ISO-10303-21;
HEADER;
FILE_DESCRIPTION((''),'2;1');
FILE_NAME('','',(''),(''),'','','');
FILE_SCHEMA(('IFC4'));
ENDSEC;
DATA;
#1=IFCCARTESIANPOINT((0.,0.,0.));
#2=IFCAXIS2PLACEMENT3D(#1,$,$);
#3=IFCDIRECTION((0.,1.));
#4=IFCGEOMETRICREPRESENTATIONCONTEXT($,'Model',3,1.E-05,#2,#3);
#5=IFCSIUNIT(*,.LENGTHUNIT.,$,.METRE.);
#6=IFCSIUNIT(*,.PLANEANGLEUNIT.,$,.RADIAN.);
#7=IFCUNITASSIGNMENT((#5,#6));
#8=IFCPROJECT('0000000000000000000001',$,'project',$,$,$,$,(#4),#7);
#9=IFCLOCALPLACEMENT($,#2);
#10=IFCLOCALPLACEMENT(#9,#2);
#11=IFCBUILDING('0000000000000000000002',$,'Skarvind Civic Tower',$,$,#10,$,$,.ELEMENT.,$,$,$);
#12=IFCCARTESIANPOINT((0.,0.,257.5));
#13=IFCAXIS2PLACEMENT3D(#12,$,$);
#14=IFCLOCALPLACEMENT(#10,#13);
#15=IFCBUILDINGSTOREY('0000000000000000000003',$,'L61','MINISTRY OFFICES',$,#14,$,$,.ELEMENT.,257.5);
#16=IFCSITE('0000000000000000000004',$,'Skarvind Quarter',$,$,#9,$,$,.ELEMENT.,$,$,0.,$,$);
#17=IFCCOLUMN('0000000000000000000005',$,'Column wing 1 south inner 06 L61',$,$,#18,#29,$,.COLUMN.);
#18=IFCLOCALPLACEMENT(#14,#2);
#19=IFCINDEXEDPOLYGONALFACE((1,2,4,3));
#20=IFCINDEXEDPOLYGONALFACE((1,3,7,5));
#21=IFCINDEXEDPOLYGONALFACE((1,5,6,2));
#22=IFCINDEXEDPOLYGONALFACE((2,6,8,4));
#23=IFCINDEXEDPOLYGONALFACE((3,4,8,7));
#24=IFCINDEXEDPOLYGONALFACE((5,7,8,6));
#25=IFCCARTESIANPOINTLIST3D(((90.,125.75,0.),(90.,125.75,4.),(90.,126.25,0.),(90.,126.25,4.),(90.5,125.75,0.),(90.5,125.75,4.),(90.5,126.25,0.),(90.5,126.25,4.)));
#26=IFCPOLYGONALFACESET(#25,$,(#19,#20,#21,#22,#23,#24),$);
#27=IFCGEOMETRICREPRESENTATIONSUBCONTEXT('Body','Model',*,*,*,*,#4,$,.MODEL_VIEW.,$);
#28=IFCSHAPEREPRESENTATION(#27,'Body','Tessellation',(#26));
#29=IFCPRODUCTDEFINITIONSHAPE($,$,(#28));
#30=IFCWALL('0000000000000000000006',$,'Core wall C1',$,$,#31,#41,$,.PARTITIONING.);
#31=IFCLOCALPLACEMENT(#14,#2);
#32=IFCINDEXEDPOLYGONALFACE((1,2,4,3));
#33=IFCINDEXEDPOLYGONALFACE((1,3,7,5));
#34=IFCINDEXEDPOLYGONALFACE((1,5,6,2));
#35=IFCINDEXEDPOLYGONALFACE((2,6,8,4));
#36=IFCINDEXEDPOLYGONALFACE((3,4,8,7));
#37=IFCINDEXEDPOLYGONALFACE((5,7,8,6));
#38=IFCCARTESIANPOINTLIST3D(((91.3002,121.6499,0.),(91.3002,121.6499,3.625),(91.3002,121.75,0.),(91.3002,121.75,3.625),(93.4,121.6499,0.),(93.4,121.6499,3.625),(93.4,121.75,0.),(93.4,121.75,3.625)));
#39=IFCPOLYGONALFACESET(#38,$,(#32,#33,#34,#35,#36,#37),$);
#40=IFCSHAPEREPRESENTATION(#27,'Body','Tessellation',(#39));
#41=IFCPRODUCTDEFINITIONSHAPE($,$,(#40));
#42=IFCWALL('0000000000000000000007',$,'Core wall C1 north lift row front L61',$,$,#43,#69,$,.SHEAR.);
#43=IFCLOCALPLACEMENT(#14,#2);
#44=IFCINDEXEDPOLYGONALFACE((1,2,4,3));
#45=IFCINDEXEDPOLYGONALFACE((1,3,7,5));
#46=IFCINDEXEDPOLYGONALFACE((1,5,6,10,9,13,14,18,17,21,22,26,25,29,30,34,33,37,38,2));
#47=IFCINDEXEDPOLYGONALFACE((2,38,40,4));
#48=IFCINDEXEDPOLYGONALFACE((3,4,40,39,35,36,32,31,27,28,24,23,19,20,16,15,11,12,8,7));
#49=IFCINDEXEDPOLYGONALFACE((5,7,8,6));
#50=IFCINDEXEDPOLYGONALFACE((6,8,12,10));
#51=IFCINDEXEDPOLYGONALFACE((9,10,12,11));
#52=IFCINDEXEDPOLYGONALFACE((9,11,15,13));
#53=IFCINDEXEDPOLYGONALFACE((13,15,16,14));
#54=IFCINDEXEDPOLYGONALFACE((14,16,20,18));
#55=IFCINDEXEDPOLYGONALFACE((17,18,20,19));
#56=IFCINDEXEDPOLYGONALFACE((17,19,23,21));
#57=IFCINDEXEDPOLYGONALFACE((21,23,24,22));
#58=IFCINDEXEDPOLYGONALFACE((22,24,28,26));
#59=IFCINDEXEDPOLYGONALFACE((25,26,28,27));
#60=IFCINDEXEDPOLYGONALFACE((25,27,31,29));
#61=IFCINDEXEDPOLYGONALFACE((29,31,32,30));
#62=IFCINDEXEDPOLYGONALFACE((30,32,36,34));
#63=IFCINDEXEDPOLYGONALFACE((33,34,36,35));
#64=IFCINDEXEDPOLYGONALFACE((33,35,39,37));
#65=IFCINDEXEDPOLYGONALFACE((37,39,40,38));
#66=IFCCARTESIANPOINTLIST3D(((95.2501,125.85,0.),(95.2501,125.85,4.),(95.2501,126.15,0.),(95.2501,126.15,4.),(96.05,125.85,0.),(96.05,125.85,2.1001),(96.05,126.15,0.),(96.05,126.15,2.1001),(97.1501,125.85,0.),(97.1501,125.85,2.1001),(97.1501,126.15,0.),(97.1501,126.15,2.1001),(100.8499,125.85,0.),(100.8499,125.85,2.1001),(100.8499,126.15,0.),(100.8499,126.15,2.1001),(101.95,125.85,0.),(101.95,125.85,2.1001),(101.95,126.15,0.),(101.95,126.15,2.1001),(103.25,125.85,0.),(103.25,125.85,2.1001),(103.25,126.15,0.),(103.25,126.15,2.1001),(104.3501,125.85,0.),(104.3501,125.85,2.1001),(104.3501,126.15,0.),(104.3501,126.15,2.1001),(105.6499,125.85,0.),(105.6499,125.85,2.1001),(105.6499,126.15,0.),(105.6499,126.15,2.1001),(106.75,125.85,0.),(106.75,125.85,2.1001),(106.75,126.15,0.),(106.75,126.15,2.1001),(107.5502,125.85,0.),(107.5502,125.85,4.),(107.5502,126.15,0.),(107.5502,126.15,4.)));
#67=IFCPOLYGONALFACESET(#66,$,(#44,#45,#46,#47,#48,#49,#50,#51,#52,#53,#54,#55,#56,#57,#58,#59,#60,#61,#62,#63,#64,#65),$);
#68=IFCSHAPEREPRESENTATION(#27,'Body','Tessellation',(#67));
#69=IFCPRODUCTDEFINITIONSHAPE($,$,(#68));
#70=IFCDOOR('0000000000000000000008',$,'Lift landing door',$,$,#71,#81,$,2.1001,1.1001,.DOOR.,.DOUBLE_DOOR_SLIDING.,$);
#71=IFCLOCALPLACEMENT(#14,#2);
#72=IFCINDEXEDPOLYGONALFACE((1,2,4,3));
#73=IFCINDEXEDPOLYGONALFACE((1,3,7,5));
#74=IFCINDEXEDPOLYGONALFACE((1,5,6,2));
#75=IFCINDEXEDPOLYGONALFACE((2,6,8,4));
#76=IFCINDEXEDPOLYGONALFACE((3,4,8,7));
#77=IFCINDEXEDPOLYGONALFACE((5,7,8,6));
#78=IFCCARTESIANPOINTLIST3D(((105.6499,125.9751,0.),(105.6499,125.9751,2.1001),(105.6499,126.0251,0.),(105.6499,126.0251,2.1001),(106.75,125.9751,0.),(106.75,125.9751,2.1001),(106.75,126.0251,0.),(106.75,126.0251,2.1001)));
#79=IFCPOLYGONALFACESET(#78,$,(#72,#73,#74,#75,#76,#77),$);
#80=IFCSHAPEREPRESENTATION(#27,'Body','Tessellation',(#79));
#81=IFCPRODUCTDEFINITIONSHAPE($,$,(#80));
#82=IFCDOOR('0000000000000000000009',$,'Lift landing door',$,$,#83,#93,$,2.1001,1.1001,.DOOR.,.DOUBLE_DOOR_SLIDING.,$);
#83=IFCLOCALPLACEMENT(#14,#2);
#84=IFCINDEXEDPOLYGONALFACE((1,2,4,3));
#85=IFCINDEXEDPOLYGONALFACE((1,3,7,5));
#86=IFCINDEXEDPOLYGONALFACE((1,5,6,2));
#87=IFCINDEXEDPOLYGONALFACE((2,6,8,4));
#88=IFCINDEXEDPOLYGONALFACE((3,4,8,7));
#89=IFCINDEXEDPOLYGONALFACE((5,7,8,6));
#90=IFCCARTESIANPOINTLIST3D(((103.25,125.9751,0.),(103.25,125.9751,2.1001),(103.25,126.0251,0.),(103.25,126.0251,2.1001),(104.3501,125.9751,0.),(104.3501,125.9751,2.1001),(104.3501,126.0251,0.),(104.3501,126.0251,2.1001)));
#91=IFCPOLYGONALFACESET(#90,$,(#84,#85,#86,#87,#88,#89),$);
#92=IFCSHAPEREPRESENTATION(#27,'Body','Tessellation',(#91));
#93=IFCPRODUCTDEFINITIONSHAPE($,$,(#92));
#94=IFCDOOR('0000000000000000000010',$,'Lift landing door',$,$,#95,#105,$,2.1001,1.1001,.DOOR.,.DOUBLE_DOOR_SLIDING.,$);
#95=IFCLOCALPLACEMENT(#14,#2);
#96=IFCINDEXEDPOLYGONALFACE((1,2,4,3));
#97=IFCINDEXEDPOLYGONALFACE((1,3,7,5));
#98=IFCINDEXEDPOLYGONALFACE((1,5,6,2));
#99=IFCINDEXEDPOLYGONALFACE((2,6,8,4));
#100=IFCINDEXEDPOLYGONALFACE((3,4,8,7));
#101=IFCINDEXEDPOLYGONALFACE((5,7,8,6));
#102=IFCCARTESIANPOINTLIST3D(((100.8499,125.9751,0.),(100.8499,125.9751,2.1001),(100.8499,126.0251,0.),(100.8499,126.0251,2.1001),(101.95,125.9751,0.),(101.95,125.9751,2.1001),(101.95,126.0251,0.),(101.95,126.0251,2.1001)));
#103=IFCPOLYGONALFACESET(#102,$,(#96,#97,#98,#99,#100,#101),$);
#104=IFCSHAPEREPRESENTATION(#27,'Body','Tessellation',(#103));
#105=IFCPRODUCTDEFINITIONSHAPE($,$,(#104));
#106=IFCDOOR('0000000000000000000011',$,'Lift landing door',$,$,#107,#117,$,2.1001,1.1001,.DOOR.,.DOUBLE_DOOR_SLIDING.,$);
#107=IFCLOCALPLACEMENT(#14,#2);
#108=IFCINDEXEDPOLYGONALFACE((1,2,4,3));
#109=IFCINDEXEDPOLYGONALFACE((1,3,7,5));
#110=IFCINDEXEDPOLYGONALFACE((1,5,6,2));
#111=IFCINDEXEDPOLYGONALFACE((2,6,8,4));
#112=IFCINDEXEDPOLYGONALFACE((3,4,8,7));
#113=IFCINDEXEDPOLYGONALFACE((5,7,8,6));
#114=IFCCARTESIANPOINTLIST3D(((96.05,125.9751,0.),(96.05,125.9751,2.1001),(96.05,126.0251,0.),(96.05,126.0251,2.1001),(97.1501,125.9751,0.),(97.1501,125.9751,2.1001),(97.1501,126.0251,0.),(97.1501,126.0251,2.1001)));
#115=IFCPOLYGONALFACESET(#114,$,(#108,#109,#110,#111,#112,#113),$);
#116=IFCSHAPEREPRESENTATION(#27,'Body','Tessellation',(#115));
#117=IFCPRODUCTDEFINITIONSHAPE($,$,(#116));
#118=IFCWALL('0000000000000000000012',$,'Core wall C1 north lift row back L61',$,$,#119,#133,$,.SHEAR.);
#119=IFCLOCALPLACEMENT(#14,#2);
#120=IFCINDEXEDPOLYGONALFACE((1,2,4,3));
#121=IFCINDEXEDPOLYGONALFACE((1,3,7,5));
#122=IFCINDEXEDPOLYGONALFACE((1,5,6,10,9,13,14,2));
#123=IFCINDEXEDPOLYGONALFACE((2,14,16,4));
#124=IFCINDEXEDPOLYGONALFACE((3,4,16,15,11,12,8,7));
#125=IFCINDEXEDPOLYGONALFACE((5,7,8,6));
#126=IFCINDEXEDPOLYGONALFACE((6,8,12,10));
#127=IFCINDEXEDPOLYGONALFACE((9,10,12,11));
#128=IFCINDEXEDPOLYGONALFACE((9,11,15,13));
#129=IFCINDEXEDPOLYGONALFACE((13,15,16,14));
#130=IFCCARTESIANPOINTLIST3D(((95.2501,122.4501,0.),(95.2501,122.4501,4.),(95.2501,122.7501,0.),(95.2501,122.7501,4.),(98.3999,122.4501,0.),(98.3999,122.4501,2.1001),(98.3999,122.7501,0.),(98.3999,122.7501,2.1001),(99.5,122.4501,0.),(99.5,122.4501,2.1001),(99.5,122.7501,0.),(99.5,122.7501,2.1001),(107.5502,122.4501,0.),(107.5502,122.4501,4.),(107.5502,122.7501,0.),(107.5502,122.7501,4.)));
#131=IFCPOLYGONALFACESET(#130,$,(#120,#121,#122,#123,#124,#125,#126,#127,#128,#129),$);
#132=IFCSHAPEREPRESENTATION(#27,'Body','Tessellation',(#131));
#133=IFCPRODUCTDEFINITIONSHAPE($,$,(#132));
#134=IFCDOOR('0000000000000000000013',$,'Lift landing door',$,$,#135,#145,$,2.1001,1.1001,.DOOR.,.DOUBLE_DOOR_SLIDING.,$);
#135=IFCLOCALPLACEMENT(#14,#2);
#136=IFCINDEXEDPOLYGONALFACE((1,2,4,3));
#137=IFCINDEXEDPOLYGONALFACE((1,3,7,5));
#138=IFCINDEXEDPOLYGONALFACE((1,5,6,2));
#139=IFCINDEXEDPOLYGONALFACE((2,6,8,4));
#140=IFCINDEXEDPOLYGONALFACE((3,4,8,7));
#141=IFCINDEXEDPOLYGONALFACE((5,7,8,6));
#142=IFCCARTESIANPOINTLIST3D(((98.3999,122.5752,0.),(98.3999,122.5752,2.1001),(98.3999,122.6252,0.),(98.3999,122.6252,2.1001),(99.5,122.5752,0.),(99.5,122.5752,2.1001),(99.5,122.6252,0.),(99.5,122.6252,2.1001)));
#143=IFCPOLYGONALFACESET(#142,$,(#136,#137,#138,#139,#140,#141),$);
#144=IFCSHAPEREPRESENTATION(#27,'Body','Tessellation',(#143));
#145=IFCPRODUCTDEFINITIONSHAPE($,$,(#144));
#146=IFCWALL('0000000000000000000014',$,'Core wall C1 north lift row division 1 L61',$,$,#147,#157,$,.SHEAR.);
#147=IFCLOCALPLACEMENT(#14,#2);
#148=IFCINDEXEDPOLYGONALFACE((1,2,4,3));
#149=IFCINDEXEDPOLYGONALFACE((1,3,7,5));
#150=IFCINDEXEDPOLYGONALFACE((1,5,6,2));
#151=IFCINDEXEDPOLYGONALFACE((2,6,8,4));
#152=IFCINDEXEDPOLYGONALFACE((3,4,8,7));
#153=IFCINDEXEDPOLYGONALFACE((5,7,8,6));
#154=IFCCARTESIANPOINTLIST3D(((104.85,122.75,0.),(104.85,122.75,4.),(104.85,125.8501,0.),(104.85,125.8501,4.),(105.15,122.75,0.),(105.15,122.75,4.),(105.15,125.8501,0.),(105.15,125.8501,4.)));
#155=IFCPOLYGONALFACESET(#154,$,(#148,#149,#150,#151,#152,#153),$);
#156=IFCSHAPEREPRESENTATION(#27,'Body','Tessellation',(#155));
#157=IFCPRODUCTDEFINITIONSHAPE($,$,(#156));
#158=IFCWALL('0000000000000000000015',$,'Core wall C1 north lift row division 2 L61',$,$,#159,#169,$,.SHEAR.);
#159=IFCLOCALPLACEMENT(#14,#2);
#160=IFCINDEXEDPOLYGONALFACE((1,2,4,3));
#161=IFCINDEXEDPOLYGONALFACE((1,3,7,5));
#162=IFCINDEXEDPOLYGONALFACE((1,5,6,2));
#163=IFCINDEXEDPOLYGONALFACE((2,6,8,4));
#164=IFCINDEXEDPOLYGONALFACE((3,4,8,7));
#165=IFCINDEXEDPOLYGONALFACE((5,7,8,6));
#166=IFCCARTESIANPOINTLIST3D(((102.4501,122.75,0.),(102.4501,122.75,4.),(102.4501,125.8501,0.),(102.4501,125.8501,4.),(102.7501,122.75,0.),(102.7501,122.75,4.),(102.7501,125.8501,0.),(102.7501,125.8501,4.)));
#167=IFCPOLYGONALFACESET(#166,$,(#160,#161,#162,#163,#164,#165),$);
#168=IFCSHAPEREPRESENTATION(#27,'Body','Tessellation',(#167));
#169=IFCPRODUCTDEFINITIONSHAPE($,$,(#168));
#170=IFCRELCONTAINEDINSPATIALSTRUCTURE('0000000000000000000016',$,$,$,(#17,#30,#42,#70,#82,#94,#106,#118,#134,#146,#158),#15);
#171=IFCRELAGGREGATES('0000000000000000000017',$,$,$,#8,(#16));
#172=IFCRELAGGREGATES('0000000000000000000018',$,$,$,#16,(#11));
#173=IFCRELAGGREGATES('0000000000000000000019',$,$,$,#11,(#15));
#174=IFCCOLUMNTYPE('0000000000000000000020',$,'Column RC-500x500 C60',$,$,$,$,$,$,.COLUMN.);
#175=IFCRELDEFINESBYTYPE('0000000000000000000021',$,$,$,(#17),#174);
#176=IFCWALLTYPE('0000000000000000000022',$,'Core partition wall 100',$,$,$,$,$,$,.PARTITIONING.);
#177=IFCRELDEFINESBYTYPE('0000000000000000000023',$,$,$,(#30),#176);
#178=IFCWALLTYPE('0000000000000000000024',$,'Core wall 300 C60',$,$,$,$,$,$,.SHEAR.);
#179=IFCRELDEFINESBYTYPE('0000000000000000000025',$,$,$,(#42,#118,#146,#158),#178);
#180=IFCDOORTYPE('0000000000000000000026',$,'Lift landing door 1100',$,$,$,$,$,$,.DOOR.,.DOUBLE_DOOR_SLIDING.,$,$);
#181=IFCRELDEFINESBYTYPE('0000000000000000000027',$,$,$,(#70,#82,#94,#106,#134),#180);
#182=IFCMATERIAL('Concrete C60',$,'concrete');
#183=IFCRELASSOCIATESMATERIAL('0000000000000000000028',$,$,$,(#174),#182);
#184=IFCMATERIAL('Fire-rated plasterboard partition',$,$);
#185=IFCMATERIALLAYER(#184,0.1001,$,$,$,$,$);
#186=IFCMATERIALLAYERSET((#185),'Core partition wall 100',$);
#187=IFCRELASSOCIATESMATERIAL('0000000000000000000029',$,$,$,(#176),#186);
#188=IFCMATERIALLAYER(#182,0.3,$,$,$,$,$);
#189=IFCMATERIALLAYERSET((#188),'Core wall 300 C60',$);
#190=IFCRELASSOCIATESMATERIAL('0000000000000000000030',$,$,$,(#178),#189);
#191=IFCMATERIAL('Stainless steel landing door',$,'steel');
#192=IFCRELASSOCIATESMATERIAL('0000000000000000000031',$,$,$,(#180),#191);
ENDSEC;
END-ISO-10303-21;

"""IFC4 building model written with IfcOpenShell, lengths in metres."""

from ifc_helpers import new_model, si_unit, direction, frame, frame_2d, origin, origin_2d, place, context, subcontext, project, spatial, rectangle, extrude, material, layer, layer_set, material_profile, profile_set, type_object, element, fill, save


model = new_model("IFC4")

# Units and contexts
model_context = context("Model", 3, precision=1e-05, world=origin(), true_north=direction((0.0, 1.0)))
body_context = subcontext(model_context, "Body", "Model", "MODEL_VIEW")
ifc_project = project(units=[si_unit("LENGTHUNIT", "METRE"), si_unit("PLANEANGLEUNIT", "RADIAN")], contexts=[model_context])

# Site, building, storey
site_placement = place(None, origin())
site = spatial("IfcSite", under=ifc_project, at=site_placement, Name="Skarvind Quarter", CompositionType="ELEMENT", RefElevation=0.0)
building_placement = place(site_placement, origin())
building = spatial("IfcBuilding", under=site, at=building_placement, Name="Skarvind Civic Tower", CompositionType="ELEMENT")
storey_placement = place(building_placement, frame((0.0, 0.0, 257.5)))
storey = spatial("IfcBuildingStorey", under=building, at=storey_placement, Name="L61", Description="MINISTRY OFFICES", CompositionType="ELEMENT", Elevation=257.5)

# Column
ifc_material_1 = material(Name="Concrete C60", Category="concrete")
ifc_material_profile = material_profile(ifc_material_1, rectangle(XDim=0.5, YDim=0.5, at=origin_2d()), Name="RC-500x500")
ifc_profile_set = profile_set([ifc_material_profile], Name="Concrete C60")
column_type = type_object("IfcColumnType", Name="Column RC-500x500 C60", PredefinedType="COLUMN", material=ifc_profile_set)
column_placement = place(storey_placement, frame((90.25, 126.0, 0.0), z_axis=(0.0, 0.0, 1.0), x_axis=(1.0, 0.0, 0.0)))
element("IfcColumn", 1, at=column_placement, inside=storey, type_object=column_type, Name="Column wing 1 south inner 06 L61", PredefinedType="COLUMN", context=body_context, shape_type="SweptSolid", body=[
    extrude(rectangle(XDim=0.5, YDim=0.5, at=origin_2d()), origin(), (0.0, 0.0, 1.0), 4.0),
])

# Wall
ifc_material_2 = material(Name="Fire-rated plasterboard partition")
ifc_layer_1 = layer(ifc_material_2, 0.1001)
ifc_layer_set_1 = layer_set([ifc_layer_1], Name="Core partition wall 100")
wall_type_1 = type_object("IfcWallType", Name="Core partition wall 100", PredefinedType="PARTITIONING", material=ifc_layer_set_1)
wall_1_placement = place(storey_placement, frame((93.3999, 121.7, 0.0), z_axis=(0.0, 0.0, 1.0), x_axis=(-1.0, 0.0, 0.0)))
element("IfcWall", 2, at=wall_1_placement, inside=storey, type_object=wall_type_1, Name="Core wall C1", PredefinedType="PARTITIONING", context=body_context, shape_type="SweptSolid", body=[
    extrude(rectangle(XDim=2.0999, YDim=0.1001, at=frame_2d((1.0498, 0.0))), origin(), (0.0, 0.0, 1.0), 3.625),
])

# Wall, openings, doors
ifc_layer_2 = layer(ifc_material_1, 0.3)
ifc_layer_set_2 = layer_set([ifc_layer_2], Name="Core wall 300 C60")
wall_type_2 = type_object("IfcWallType", Name="Core wall 300 C60", PredefinedType="SHEAR", material=ifc_layer_set_2)
wall_2_placement = place(storey_placement, frame((107.55, 126.0, 0.0), z_axis=(0.0, 0.0, 1.0), x_axis=(-1.0, 0.0, 0.0)))
wall_2 = element("IfcWall", 3, at=wall_2_placement, inside=storey, type_object=wall_type_2, Name="Core wall C1 north lift row front L61", PredefinedType="SHEAR", context=body_context, shape_type="SweptSolid", body=[
    extrude(rectangle(XDim=12.3, YDim=0.3, at=frame_2d((6.1499, 0.0))), origin(), (0.0, 0.0, 1.0), 4.0),
])
opening_1_placement = place(wall_2_placement, frame((0.8, 0.0, 0.0)))
opening_1 = element("IfcOpeningElement", 4, at=opening_1_placement, cuts=wall_2, PredefinedType="OPENING", context=body_context, shape_type="SweptSolid", body=[
    extrude(rectangle(XDim=1.1001, YDim=2.1001, at=frame_2d((0.55, 1.05))), frame((0.0, 0.1599, 0.0), z_axis=(0.0, -1.0, 0.0), x_axis=(1.0, 0.0, 0.0)), (0.0, 0.0, 1.0), 0.3201),
])
opening_2_placement = place(wall_2_placement, frame((3.2, 0.0, 0.0)))
opening_2 = element("IfcOpeningElement", 5, at=opening_2_placement, cuts=wall_2, PredefinedType="OPENING", context=body_context, shape_type="SweptSolid", body=[
    extrude(rectangle(XDim=1.1001, YDim=2.1001, at=frame_2d((0.55, 1.05))), frame((0.0, 0.1599, 0.0), z_axis=(0.0, -1.0, 0.0), x_axis=(1.0, 0.0, 0.0)), (0.0, 0.0, 1.0), 0.3201),
])
opening_3_placement = place(wall_2_placement, frame((5.6001, 0.0, 0.0)))
opening_3 = element("IfcOpeningElement", 6, at=opening_3_placement, cuts=wall_2, PredefinedType="OPENING", context=body_context, shape_type="SweptSolid", body=[
    extrude(rectangle(XDim=1.1001, YDim=2.1001, at=frame_2d((0.55, 1.05))), frame((0.0, 0.1599, 0.0), z_axis=(0.0, -1.0, 0.0), x_axis=(1.0, 0.0, 0.0)), (0.0, 0.0, 1.0), 0.3201),
])
opening_4_placement = place(wall_2_placement, frame((10.3999, 0.0, 0.0)))
opening_4 = element("IfcOpeningElement", 7, at=opening_4_placement, cuts=wall_2, PredefinedType="OPENING", context=body_context, shape_type="SweptSolid", body=[
    extrude(rectangle(XDim=1.1001, YDim=2.1001, at=frame_2d((0.55, 1.05))), frame((0.0, 0.1599, 0.0), z_axis=(0.0, -1.0, 0.0), x_axis=(1.0, 0.0, 0.0)), (0.0, 0.0, 1.0), 0.3201),
])
ifc_material_3 = material(Name="Stainless steel landing door", Category="steel")
door_type_1 = type_object("IfcDoorType", Name="Lift landing door 1100", OperationType="DOUBLE_DOOR_SLIDING", PredefinedType="DOOR", material=ifc_material_3)
door_1_placement = place(opening_1_placement, origin())
door_1 = element("IfcDoor", 8, at=door_1_placement, inside=storey, type_object=door_type_1, Name="Lift landing door", OperationType="DOUBLE_DOOR_SLIDING", OverallHeight=2.1001, OverallWidth=1.1001, PredefinedType="DOOR", context=body_context, shape_type="SweptSolid", body=[
    extrude(rectangle(XDim=1.1001, YDim=2.1001, at=frame_2d((0.55, 1.05))), frame((0.0, 0.0249, 0.0), z_axis=(0.0, -1.0, 0.0), x_axis=(1.0, 0.0, 0.0)), (0.0, 0.0, 1.0), 0.05),
])
fill(opening_1, door_1)
door_2_placement = place(opening_2_placement, origin())
door_2 = element("IfcDoor", 9, at=door_2_placement, inside=storey, type_object=door_type_1, Name="Lift landing door", OperationType="DOUBLE_DOOR_SLIDING", OverallHeight=2.1001, OverallWidth=1.1001, PredefinedType="DOOR", context=body_context, shape_type="SweptSolid", body=[
    extrude(rectangle(XDim=1.1001, YDim=2.1001, at=frame_2d((0.55, 1.05))), frame((0.0, 0.0249, 0.0), z_axis=(0.0, -1.0, 0.0), x_axis=(1.0, 0.0, 0.0)), (0.0, 0.0, 1.0), 0.05),
])
fill(opening_2, door_2)
door_3_placement = place(opening_3_placement, origin())
door_3 = element("IfcDoor", 10, at=door_3_placement, inside=storey, type_object=door_type_1, Name="Lift landing door", OperationType="DOUBLE_DOOR_SLIDING", OverallHeight=2.1001, OverallWidth=1.1001, PredefinedType="DOOR", context=body_context, shape_type="SweptSolid", body=[
    extrude(rectangle(XDim=1.1001, YDim=2.1001, at=frame_2d((0.55, 1.05))), frame((0.0, 0.0249, 0.0), z_axis=(0.0, -1.0, 0.0), x_axis=(1.0, 0.0, 0.0)), (0.0, 0.0, 1.0), 0.05),
])
fill(opening_3, door_3)
door_4_placement = place(opening_4_placement, origin())
door_4 = element("IfcDoor", 11, at=door_4_placement, inside=storey, type_object=door_type_1, Name="Lift landing door", OperationType="DOUBLE_DOOR_SLIDING", OverallHeight=2.1001, OverallWidth=1.1001, PredefinedType="DOOR", context=body_context, shape_type="SweptSolid", body=[
    extrude(rectangle(XDim=1.1001, YDim=2.1001, at=frame_2d((0.55, 1.05))), frame((0.0, 0.0249, 0.0), z_axis=(0.0, -1.0, 0.0), x_axis=(1.0, 0.0, 0.0)), (0.0, 0.0, 1.0), 0.05),
])
fill(opening_4, door_4)

# Wall, opening, door
wall_3_placement = place(storey_placement, frame((107.55, 122.6001, 0.0), z_axis=(0.0, 0.0, 1.0), x_axis=(-1.0, 0.0, 0.0)))
wall_3 = element("IfcWall", 12, at=wall_3_placement, inside=storey, type_object=wall_type_2, Name="Core wall C1 north lift row back L61", PredefinedType="SHEAR", context=body_context, shape_type="SweptSolid", body=[
    extrude(rectangle(XDim=12.3, YDim=0.3, at=frame_2d((6.1499, 0.0))), origin(), (0.0, 0.0, 1.0), 4.0),
])
opening_5_placement = place(wall_3_placement, frame((8.05, 0.0, 0.0)))
opening_5 = element("IfcOpeningElement", 13, at=opening_5_placement, cuts=wall_3, PredefinedType="OPENING", context=body_context, shape_type="SweptSolid", body=[
    extrude(rectangle(XDim=1.1001, YDim=2.1001, at=frame_2d((0.55, 1.05))), frame((0.0, 0.1599, 0.0), z_axis=(0.0, -1.0, 0.0), x_axis=(1.0, 0.0, 0.0)), (0.0, 0.0, 1.0), 0.3201),
])
door_5_placement = place(opening_5_placement, origin())
door_5 = element("IfcDoor", 14, at=door_5_placement, inside=storey, type_object=door_type_1, Name="Lift landing door", OperationType="DOUBLE_DOOR_SLIDING", OverallHeight=2.1001, OverallWidth=1.1001, PredefinedType="DOOR", context=body_context, shape_type="SweptSolid", body=[
    extrude(rectangle(XDim=1.1001, YDim=2.1001, at=frame_2d((0.55, 1.05))), frame((0.0, 0.0249, 0.0), z_axis=(0.0, -1.0, 0.0), x_axis=(1.0, 0.0, 0.0)), (0.0, 0.0, 1.0), 0.05),
])
fill(opening_5, door_5)

# Walls
for number, where, z_axis, x_axis, name in (
    (15, (105.0, 125.8501, 0.0), (0.0, 0.0, 1.0), (0.0, -1.0, 0.0), "Core wall C1 north lift row division 1 L61"),
    (16, (102.6001, 125.8501, 0.0), (0.0, 0.0, 1.0), (0.0, -1.0, 0.0), "Core wall C1 north lift row division 2 L61"),
):
    element("IfcWall", number, at=place(storey_placement, frame(where, z_axis=z_axis, x_axis=x_axis)), inside=storey, type_object=wall_type_2, Name=name, PredefinedType="SHEAR", context=body_context, shape_type="SweptSolid", body=[
        extrude(rectangle(XDim=3.1001, YDim=0.3, at=frame_2d((1.55, 0.0))), origin(), (0.0, 0.0, 1.0), 4.0),
    ])

save(model, "model.ifc")
